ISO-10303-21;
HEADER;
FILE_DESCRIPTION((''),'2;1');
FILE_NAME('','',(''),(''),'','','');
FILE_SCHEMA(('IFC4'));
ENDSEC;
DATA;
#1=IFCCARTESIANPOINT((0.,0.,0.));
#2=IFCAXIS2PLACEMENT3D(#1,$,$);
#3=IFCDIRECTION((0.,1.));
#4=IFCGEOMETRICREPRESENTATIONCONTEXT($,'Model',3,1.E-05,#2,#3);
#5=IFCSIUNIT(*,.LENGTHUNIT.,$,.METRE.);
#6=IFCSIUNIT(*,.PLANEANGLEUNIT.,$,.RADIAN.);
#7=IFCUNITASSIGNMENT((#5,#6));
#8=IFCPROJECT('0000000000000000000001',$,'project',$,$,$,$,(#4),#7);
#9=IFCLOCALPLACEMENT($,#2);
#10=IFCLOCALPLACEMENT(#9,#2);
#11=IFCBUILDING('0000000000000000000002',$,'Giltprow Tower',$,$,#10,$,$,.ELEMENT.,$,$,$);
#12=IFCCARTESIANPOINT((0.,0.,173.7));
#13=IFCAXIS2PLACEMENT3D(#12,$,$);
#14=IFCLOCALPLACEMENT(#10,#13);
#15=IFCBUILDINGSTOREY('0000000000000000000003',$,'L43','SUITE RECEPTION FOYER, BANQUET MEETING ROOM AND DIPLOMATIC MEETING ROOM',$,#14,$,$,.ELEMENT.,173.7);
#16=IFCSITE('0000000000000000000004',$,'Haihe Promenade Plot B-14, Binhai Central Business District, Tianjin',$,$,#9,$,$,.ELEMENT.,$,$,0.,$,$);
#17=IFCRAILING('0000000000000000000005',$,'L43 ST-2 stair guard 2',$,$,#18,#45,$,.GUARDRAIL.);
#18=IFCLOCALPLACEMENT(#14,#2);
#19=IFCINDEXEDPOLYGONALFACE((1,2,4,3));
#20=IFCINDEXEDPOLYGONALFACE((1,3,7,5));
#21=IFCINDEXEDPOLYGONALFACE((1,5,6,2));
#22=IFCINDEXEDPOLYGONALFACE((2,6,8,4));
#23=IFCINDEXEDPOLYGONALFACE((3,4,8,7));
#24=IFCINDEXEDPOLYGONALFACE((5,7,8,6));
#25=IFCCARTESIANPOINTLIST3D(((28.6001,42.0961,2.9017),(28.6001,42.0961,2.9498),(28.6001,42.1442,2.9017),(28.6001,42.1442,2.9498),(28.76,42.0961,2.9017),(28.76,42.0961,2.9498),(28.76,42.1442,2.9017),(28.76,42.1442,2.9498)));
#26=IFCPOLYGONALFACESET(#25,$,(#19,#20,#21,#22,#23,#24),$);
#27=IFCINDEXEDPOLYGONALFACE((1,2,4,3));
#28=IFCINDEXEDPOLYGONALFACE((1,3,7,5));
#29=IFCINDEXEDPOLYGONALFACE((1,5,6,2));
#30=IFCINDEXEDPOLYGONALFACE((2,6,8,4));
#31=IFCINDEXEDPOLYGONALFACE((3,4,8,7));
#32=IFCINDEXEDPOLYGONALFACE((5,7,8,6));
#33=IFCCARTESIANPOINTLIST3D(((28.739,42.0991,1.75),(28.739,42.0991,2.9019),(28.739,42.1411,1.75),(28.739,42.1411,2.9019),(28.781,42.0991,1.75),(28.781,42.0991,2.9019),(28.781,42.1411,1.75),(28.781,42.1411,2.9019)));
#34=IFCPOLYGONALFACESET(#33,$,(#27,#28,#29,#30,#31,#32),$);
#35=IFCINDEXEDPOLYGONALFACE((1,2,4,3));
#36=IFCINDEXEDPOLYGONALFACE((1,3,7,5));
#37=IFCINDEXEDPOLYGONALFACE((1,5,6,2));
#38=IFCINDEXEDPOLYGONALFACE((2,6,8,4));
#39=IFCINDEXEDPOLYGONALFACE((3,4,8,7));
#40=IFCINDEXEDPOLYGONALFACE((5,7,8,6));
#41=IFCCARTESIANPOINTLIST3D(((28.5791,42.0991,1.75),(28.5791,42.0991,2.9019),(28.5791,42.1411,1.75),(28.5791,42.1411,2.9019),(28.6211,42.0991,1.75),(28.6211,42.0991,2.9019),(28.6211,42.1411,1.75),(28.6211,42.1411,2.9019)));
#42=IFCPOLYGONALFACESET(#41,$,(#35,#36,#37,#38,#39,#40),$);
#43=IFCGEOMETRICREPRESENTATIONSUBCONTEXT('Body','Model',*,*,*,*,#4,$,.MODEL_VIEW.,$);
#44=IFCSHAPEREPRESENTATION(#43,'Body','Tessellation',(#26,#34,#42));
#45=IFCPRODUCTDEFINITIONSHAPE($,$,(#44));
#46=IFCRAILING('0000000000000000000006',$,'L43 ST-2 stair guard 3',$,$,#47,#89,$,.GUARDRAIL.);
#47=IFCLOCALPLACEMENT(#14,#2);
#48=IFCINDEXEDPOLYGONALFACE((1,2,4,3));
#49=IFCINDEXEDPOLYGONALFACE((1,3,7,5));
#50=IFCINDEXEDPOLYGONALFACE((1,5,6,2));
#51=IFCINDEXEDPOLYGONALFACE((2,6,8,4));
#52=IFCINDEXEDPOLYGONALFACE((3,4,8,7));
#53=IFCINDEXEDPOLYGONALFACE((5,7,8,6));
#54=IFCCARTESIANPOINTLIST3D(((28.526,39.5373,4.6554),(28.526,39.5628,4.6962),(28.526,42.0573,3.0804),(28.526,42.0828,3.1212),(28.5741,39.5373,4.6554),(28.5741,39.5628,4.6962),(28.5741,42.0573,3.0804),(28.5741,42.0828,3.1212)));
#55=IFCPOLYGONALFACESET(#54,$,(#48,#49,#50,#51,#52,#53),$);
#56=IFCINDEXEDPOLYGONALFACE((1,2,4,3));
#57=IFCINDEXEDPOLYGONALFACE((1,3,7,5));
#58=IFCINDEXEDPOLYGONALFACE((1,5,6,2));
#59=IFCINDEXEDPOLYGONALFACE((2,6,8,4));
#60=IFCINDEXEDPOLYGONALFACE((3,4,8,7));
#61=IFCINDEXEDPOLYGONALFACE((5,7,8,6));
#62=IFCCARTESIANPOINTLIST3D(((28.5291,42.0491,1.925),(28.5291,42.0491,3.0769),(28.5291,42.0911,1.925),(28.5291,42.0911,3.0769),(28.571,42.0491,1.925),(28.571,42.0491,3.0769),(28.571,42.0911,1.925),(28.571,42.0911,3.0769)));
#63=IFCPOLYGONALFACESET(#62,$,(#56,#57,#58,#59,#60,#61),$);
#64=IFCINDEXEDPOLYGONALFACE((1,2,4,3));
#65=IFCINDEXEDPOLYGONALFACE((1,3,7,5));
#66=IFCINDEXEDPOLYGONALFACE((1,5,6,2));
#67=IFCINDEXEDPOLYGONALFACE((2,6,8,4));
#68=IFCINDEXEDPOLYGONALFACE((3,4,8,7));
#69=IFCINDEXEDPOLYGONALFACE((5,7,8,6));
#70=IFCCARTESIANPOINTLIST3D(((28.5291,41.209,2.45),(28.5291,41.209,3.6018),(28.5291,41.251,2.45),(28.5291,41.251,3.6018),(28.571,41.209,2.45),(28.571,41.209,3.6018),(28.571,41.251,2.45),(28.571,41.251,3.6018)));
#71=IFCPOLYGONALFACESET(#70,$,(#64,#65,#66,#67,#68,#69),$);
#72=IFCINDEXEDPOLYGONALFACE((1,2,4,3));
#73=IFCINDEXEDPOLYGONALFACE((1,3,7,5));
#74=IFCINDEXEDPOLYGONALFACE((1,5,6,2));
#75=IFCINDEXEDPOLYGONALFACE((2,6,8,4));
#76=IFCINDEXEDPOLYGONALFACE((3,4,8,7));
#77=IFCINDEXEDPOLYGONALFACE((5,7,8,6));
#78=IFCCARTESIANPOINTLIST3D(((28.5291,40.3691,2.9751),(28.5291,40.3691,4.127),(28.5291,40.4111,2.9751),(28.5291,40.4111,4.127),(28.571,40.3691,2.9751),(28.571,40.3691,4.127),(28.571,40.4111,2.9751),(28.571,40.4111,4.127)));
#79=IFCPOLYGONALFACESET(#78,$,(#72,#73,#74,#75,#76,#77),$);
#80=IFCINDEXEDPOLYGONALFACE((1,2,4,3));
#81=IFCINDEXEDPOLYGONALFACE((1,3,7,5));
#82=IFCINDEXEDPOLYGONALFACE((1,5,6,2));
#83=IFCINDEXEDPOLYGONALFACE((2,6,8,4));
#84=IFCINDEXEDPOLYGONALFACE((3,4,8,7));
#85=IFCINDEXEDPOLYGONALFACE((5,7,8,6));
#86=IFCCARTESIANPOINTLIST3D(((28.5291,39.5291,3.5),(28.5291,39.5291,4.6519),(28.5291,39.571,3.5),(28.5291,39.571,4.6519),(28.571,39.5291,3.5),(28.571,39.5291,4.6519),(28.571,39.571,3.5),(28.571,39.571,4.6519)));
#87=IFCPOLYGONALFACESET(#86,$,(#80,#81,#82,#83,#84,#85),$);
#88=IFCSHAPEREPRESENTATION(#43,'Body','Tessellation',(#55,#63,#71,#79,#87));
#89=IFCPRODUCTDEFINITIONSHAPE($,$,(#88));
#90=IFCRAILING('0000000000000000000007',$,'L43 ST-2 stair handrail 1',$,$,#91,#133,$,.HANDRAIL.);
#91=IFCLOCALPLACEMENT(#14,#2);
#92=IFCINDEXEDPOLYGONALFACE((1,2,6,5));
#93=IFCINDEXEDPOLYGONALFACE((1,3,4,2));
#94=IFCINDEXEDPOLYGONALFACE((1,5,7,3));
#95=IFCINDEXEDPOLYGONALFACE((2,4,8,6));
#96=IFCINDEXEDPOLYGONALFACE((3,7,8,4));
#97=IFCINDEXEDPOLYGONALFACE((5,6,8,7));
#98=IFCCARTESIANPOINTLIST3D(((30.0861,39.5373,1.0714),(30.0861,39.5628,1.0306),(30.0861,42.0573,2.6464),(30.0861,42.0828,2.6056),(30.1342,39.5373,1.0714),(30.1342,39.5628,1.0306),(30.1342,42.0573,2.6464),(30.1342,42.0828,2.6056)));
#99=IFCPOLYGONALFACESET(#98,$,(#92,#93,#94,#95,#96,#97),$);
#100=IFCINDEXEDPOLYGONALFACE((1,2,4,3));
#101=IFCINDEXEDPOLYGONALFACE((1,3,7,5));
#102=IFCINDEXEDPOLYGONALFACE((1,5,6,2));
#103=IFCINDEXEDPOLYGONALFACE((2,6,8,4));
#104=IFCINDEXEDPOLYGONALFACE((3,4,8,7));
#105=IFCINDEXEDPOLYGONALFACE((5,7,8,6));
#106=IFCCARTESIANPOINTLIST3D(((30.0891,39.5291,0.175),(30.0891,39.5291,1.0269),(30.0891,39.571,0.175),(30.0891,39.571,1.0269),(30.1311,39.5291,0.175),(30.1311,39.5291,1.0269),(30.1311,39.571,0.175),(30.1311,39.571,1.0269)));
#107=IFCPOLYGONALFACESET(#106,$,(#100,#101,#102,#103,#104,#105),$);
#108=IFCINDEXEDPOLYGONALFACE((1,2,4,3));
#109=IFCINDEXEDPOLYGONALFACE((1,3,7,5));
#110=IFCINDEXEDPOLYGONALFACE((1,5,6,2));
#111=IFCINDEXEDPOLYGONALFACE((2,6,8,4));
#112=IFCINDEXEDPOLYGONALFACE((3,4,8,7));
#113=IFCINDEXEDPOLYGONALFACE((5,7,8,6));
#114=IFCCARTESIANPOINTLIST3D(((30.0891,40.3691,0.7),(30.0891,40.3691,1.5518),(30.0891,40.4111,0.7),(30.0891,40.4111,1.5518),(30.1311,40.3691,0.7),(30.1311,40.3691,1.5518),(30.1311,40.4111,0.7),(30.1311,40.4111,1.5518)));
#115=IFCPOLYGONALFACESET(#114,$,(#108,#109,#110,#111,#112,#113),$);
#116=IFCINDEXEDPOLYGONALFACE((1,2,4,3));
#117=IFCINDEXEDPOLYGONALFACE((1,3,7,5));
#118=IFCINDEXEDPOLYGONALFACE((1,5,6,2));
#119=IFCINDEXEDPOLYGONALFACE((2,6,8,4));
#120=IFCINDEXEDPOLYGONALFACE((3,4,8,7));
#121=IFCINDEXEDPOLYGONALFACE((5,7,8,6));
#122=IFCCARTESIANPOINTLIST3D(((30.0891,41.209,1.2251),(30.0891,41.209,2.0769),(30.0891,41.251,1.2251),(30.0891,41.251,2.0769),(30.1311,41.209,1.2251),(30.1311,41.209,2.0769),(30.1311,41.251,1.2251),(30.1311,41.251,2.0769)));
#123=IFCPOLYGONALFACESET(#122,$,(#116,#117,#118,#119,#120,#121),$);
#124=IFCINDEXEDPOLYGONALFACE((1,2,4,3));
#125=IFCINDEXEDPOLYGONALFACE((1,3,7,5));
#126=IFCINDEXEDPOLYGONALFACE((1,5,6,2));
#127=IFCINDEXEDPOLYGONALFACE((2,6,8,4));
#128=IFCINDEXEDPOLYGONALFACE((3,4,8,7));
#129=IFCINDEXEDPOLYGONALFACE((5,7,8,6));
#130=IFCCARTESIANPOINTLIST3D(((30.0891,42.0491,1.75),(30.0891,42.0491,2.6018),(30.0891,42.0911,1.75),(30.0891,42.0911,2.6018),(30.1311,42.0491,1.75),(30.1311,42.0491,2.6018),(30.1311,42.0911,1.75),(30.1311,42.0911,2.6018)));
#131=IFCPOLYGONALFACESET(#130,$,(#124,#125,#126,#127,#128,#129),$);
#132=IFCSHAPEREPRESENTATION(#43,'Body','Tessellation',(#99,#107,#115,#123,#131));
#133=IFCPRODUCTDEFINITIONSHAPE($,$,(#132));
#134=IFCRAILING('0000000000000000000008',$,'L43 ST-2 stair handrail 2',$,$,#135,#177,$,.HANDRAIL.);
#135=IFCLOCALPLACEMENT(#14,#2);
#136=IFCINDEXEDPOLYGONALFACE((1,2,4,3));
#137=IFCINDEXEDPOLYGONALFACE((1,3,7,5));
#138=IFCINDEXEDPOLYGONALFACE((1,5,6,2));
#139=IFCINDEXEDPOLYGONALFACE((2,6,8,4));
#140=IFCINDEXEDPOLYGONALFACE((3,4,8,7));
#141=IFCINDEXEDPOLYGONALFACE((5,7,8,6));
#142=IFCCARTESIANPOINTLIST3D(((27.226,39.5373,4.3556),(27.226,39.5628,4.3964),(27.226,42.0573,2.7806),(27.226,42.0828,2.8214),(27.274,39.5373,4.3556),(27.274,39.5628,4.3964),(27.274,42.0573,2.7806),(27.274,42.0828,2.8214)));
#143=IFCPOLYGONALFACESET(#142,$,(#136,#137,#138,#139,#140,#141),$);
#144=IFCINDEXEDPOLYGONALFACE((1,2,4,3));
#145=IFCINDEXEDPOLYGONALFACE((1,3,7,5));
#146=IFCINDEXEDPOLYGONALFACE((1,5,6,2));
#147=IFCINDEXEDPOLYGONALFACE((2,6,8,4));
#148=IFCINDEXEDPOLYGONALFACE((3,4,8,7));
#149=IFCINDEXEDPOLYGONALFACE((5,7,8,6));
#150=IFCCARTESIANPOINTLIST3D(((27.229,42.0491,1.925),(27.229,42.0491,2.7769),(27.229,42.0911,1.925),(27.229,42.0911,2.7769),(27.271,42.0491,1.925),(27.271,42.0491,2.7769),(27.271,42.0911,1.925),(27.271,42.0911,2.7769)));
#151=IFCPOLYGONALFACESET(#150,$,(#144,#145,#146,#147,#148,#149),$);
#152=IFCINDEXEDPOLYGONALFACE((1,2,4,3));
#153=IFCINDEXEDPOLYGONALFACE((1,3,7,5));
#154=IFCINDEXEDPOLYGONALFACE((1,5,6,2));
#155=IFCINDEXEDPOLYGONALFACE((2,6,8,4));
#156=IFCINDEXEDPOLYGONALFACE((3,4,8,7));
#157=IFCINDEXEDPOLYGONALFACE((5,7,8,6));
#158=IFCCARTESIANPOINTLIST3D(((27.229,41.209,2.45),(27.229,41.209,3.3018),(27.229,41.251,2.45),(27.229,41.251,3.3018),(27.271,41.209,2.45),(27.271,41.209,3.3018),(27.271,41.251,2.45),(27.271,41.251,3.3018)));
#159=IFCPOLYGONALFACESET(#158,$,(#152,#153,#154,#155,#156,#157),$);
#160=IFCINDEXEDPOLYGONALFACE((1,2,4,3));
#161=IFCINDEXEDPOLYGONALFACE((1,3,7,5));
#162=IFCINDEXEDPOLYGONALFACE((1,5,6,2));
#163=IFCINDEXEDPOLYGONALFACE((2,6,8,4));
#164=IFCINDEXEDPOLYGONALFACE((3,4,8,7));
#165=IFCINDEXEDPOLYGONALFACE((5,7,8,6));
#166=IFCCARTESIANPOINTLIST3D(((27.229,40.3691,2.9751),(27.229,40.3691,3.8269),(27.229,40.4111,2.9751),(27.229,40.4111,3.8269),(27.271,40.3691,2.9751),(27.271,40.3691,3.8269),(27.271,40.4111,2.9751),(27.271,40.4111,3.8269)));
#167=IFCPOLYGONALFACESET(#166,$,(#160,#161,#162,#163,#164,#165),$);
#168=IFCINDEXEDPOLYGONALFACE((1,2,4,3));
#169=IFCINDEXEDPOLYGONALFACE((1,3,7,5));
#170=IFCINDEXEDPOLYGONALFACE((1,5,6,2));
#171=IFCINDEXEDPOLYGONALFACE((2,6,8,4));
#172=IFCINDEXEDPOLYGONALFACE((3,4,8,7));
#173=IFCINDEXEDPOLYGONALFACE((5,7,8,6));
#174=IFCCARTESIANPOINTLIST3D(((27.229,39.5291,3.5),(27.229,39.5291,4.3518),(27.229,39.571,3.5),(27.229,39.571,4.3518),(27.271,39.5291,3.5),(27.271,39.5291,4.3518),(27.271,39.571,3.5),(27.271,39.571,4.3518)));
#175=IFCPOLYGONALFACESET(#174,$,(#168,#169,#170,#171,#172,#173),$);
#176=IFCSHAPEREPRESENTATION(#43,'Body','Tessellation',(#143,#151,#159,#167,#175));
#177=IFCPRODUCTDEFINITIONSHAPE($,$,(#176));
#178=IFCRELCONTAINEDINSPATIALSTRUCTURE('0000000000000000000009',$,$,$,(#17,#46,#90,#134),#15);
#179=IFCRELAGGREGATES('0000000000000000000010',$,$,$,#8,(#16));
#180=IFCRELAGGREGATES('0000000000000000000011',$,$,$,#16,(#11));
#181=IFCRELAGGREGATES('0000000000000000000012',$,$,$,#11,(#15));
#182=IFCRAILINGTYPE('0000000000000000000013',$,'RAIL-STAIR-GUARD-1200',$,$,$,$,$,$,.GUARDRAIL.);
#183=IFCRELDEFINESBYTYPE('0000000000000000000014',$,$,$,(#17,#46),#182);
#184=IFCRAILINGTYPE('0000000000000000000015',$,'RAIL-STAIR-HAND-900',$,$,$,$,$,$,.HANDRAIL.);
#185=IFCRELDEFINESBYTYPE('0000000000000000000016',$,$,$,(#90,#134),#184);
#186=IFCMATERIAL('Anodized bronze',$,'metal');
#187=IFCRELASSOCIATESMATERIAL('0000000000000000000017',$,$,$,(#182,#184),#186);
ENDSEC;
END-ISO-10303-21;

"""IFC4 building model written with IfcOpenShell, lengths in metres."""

from ifc_helpers import new_model, si_unit, direction, frame, origin, origin_2d, place, context, subcontext, project, spatial, rectangle, extrude, material, type_object, element, save


model = new_model("IFC4")

# Units and contexts
model_context = context("Model", 3, precision=1e-05, world=origin(), true_north=direction((0.0, 1.0)))
body_context = subcontext(model_context, "Body", "Model", "MODEL_VIEW")
ifc_project = project(units=[si_unit("LENGTHUNIT", "METRE"), si_unit("PLANEANGLEUNIT", "RADIAN")], contexts=[model_context])

# Site, building, storey
site_placement = place(None, origin())
site = spatial("IfcSite", under=ifc_project, at=site_placement, Name="Haihe Promenade Plot B-14, Binhai Central Business District, Tianjin", CompositionType="ELEMENT", RefElevation=0.0)
building_placement = place(site_placement, origin())
building = spatial("IfcBuilding", under=site, at=building_placement, Name="Giltprow Tower", CompositionType="ELEMENT")
storey_placement = place(building_placement, frame((0.0, 0.0, 173.7)))
storey = spatial("IfcBuildingStorey", under=building, at=storey_placement, Name="L43", Description="SUITE RECEPTION FOYER, BANQUET MEETING ROOM AND DIPLOMATIC MEETING ROOM", CompositionType="ELEMENT", Elevation=173.7)

# Railings
ifc_material_1 = material(Name="Anodized bronze", Category="metal")
railing_type_1 = type_object("IfcRailingType", Name="RAIL-STAIR-GUARD-1200", PredefinedType="GUARDRAIL", material=ifc_material_1)
railing_1_placement = place(storey_placement, frame((28.76, 42.1201, 1.75)))
element("IfcRailing", 1, at=railing_1_placement, inside=storey, type_object=railing_type_1, Name="L43 ST-2 stair guard 2", PredefinedType="GUARDRAIL", context=body_context, shape_type="SweptSolid", body=[
    extrude(rectangle(XDim=0.0481, YDim=0.0481, at=origin_2d()), frame((0.0, 0.0, 1.1758), z_axis=(-1.0, 0.0, 0.0), x_axis=(0.0, -1.0, 0.0)), (0.0, 0.0, 1.0), 0.1599),
    extrude(rectangle(XDim=0.042, YDim=0.042, at=origin_2d()), origin(), (0.0, 0.0, 1.0), 1.1519),
    extrude(rectangle(XDim=0.042, YDim=0.042, at=origin_2d()), frame((-0.1599, 0.0, 0.0)), (0.0, 0.0, 1.0), 1.1519),
])
railing_2_placement = place(storey_placement, frame((28.55, 42.0701, 1.925)))
element("IfcRailing", 2, at=railing_2_placement, inside=storey, type_object=railing_type_1, Name="L43 ST-2 stair guard 3", PredefinedType="GUARDRAIL", context=body_context, shape_type="SweptSolid", body=[
    extrude(rectangle(XDim=0.0481, YDim=0.0481, at=origin_2d()), frame((0.0, 0.0, 1.1758), z_axis=(0.0, -0.848008, 0.529984), x_axis=(1.0, 0.0, 0.0)), (0.0, 0.0, 1.0), 2.9717),
    extrude(rectangle(XDim=0.042, YDim=0.042, at=origin_2d()), origin(), (0.0, 0.0, 1.0), 1.1519),
    extrude(rectangle(XDim=0.042, YDim=0.042, at=origin_2d()), frame((0.0, -0.8401, 0.5249)), (0.0, 0.0, 1.0), 1.1519),
    extrude(rectangle(XDim=0.042, YDim=0.042, at=origin_2d()), frame((0.0, -1.6799, 1.05)), (0.0, 0.0, 1.0), 1.1519),
    extrude(rectangle(XDim=0.042, YDim=0.042, at=origin_2d()), frame((0.0, -2.52, 1.575)), (0.0, 0.0, 1.0), 1.1519),
])
railing_type_2 = type_object("IfcRailingType", Name="RAIL-STAIR-HAND-900", PredefinedType="HANDRAIL", material=ifc_material_1)
railing_3_placement = place(storey_placement, frame((30.1101, 39.55, 0.175)))
element("IfcRailing", 3, at=railing_3_placement, inside=storey, type_object=railing_type_2, Name="L43 ST-2 stair handrail 1", PredefinedType="HANDRAIL", context=body_context, shape_type="SweptSolid", body=[
    extrude(rectangle(XDim=0.0481, YDim=0.0481, at=origin_2d()), frame((0.0, 0.0, 0.876), z_axis=(0.0, 0.848008, 0.529984), x_axis=(-1.0, 0.0, 0.0)), (0.0, 0.0, 1.0), 2.9717),
    extrude(rectangle(XDim=0.042, YDim=0.042, at=origin_2d()), origin(), (0.0, 0.0, 1.0), 0.8518),
    extrude(rectangle(XDim=0.042, YDim=0.042, at=origin_2d()), frame((0.0, 0.8401, 0.5249)), (0.0, 0.0, 1.0), 0.8518),
    extrude(rectangle(XDim=0.042, YDim=0.042, at=origin_2d()), frame((0.0, 1.6799, 1.05)), (0.0, 0.0, 1.0), 0.8518),
    extrude(rectangle(XDim=0.042, YDim=0.042, at=origin_2d()), frame((0.0, 2.52, 1.575)), (0.0, 0.0, 1.0), 0.8518),
])
railing_4_placement = place(storey_placement, frame((27.25, 42.0701, 1.925)))
element("IfcRailing", 4, at=railing_4_placement, inside=storey, type_object=railing_type_2, Name="L43 ST-2 stair handrail 2", PredefinedType="HANDRAIL", context=body_context, shape_type="SweptSolid", body=[
    extrude(rectangle(XDim=0.0481, YDim=0.0481, at=origin_2d()), frame((0.0, 0.0, 0.876), z_axis=(0.0, -0.848008, 0.529984), x_axis=(1.0, 0.0, 0.0)), (0.0, 0.0, 1.0), 2.9717),
    extrude(rectangle(XDim=0.042, YDim=0.042, at=origin_2d()), origin(), (0.0, 0.0, 1.0), 0.8518),
    extrude(rectangle(XDim=0.042, YDim=0.042, at=origin_2d()), frame((0.0, -0.8401, 0.5249)), (0.0, 0.0, 1.0), 0.8518),
    extrude(rectangle(XDim=0.042, YDim=0.042, at=origin_2d()), frame((0.0, -1.6799, 1.05)), (0.0, 0.0, 1.0), 0.8518),
    extrude(rectangle(XDim=0.042, YDim=0.042, at=origin_2d()), frame((0.0, -2.52, 1.575)), (0.0, 0.0, 1.0), 0.8518),
])

save(model, "model.ifc")
